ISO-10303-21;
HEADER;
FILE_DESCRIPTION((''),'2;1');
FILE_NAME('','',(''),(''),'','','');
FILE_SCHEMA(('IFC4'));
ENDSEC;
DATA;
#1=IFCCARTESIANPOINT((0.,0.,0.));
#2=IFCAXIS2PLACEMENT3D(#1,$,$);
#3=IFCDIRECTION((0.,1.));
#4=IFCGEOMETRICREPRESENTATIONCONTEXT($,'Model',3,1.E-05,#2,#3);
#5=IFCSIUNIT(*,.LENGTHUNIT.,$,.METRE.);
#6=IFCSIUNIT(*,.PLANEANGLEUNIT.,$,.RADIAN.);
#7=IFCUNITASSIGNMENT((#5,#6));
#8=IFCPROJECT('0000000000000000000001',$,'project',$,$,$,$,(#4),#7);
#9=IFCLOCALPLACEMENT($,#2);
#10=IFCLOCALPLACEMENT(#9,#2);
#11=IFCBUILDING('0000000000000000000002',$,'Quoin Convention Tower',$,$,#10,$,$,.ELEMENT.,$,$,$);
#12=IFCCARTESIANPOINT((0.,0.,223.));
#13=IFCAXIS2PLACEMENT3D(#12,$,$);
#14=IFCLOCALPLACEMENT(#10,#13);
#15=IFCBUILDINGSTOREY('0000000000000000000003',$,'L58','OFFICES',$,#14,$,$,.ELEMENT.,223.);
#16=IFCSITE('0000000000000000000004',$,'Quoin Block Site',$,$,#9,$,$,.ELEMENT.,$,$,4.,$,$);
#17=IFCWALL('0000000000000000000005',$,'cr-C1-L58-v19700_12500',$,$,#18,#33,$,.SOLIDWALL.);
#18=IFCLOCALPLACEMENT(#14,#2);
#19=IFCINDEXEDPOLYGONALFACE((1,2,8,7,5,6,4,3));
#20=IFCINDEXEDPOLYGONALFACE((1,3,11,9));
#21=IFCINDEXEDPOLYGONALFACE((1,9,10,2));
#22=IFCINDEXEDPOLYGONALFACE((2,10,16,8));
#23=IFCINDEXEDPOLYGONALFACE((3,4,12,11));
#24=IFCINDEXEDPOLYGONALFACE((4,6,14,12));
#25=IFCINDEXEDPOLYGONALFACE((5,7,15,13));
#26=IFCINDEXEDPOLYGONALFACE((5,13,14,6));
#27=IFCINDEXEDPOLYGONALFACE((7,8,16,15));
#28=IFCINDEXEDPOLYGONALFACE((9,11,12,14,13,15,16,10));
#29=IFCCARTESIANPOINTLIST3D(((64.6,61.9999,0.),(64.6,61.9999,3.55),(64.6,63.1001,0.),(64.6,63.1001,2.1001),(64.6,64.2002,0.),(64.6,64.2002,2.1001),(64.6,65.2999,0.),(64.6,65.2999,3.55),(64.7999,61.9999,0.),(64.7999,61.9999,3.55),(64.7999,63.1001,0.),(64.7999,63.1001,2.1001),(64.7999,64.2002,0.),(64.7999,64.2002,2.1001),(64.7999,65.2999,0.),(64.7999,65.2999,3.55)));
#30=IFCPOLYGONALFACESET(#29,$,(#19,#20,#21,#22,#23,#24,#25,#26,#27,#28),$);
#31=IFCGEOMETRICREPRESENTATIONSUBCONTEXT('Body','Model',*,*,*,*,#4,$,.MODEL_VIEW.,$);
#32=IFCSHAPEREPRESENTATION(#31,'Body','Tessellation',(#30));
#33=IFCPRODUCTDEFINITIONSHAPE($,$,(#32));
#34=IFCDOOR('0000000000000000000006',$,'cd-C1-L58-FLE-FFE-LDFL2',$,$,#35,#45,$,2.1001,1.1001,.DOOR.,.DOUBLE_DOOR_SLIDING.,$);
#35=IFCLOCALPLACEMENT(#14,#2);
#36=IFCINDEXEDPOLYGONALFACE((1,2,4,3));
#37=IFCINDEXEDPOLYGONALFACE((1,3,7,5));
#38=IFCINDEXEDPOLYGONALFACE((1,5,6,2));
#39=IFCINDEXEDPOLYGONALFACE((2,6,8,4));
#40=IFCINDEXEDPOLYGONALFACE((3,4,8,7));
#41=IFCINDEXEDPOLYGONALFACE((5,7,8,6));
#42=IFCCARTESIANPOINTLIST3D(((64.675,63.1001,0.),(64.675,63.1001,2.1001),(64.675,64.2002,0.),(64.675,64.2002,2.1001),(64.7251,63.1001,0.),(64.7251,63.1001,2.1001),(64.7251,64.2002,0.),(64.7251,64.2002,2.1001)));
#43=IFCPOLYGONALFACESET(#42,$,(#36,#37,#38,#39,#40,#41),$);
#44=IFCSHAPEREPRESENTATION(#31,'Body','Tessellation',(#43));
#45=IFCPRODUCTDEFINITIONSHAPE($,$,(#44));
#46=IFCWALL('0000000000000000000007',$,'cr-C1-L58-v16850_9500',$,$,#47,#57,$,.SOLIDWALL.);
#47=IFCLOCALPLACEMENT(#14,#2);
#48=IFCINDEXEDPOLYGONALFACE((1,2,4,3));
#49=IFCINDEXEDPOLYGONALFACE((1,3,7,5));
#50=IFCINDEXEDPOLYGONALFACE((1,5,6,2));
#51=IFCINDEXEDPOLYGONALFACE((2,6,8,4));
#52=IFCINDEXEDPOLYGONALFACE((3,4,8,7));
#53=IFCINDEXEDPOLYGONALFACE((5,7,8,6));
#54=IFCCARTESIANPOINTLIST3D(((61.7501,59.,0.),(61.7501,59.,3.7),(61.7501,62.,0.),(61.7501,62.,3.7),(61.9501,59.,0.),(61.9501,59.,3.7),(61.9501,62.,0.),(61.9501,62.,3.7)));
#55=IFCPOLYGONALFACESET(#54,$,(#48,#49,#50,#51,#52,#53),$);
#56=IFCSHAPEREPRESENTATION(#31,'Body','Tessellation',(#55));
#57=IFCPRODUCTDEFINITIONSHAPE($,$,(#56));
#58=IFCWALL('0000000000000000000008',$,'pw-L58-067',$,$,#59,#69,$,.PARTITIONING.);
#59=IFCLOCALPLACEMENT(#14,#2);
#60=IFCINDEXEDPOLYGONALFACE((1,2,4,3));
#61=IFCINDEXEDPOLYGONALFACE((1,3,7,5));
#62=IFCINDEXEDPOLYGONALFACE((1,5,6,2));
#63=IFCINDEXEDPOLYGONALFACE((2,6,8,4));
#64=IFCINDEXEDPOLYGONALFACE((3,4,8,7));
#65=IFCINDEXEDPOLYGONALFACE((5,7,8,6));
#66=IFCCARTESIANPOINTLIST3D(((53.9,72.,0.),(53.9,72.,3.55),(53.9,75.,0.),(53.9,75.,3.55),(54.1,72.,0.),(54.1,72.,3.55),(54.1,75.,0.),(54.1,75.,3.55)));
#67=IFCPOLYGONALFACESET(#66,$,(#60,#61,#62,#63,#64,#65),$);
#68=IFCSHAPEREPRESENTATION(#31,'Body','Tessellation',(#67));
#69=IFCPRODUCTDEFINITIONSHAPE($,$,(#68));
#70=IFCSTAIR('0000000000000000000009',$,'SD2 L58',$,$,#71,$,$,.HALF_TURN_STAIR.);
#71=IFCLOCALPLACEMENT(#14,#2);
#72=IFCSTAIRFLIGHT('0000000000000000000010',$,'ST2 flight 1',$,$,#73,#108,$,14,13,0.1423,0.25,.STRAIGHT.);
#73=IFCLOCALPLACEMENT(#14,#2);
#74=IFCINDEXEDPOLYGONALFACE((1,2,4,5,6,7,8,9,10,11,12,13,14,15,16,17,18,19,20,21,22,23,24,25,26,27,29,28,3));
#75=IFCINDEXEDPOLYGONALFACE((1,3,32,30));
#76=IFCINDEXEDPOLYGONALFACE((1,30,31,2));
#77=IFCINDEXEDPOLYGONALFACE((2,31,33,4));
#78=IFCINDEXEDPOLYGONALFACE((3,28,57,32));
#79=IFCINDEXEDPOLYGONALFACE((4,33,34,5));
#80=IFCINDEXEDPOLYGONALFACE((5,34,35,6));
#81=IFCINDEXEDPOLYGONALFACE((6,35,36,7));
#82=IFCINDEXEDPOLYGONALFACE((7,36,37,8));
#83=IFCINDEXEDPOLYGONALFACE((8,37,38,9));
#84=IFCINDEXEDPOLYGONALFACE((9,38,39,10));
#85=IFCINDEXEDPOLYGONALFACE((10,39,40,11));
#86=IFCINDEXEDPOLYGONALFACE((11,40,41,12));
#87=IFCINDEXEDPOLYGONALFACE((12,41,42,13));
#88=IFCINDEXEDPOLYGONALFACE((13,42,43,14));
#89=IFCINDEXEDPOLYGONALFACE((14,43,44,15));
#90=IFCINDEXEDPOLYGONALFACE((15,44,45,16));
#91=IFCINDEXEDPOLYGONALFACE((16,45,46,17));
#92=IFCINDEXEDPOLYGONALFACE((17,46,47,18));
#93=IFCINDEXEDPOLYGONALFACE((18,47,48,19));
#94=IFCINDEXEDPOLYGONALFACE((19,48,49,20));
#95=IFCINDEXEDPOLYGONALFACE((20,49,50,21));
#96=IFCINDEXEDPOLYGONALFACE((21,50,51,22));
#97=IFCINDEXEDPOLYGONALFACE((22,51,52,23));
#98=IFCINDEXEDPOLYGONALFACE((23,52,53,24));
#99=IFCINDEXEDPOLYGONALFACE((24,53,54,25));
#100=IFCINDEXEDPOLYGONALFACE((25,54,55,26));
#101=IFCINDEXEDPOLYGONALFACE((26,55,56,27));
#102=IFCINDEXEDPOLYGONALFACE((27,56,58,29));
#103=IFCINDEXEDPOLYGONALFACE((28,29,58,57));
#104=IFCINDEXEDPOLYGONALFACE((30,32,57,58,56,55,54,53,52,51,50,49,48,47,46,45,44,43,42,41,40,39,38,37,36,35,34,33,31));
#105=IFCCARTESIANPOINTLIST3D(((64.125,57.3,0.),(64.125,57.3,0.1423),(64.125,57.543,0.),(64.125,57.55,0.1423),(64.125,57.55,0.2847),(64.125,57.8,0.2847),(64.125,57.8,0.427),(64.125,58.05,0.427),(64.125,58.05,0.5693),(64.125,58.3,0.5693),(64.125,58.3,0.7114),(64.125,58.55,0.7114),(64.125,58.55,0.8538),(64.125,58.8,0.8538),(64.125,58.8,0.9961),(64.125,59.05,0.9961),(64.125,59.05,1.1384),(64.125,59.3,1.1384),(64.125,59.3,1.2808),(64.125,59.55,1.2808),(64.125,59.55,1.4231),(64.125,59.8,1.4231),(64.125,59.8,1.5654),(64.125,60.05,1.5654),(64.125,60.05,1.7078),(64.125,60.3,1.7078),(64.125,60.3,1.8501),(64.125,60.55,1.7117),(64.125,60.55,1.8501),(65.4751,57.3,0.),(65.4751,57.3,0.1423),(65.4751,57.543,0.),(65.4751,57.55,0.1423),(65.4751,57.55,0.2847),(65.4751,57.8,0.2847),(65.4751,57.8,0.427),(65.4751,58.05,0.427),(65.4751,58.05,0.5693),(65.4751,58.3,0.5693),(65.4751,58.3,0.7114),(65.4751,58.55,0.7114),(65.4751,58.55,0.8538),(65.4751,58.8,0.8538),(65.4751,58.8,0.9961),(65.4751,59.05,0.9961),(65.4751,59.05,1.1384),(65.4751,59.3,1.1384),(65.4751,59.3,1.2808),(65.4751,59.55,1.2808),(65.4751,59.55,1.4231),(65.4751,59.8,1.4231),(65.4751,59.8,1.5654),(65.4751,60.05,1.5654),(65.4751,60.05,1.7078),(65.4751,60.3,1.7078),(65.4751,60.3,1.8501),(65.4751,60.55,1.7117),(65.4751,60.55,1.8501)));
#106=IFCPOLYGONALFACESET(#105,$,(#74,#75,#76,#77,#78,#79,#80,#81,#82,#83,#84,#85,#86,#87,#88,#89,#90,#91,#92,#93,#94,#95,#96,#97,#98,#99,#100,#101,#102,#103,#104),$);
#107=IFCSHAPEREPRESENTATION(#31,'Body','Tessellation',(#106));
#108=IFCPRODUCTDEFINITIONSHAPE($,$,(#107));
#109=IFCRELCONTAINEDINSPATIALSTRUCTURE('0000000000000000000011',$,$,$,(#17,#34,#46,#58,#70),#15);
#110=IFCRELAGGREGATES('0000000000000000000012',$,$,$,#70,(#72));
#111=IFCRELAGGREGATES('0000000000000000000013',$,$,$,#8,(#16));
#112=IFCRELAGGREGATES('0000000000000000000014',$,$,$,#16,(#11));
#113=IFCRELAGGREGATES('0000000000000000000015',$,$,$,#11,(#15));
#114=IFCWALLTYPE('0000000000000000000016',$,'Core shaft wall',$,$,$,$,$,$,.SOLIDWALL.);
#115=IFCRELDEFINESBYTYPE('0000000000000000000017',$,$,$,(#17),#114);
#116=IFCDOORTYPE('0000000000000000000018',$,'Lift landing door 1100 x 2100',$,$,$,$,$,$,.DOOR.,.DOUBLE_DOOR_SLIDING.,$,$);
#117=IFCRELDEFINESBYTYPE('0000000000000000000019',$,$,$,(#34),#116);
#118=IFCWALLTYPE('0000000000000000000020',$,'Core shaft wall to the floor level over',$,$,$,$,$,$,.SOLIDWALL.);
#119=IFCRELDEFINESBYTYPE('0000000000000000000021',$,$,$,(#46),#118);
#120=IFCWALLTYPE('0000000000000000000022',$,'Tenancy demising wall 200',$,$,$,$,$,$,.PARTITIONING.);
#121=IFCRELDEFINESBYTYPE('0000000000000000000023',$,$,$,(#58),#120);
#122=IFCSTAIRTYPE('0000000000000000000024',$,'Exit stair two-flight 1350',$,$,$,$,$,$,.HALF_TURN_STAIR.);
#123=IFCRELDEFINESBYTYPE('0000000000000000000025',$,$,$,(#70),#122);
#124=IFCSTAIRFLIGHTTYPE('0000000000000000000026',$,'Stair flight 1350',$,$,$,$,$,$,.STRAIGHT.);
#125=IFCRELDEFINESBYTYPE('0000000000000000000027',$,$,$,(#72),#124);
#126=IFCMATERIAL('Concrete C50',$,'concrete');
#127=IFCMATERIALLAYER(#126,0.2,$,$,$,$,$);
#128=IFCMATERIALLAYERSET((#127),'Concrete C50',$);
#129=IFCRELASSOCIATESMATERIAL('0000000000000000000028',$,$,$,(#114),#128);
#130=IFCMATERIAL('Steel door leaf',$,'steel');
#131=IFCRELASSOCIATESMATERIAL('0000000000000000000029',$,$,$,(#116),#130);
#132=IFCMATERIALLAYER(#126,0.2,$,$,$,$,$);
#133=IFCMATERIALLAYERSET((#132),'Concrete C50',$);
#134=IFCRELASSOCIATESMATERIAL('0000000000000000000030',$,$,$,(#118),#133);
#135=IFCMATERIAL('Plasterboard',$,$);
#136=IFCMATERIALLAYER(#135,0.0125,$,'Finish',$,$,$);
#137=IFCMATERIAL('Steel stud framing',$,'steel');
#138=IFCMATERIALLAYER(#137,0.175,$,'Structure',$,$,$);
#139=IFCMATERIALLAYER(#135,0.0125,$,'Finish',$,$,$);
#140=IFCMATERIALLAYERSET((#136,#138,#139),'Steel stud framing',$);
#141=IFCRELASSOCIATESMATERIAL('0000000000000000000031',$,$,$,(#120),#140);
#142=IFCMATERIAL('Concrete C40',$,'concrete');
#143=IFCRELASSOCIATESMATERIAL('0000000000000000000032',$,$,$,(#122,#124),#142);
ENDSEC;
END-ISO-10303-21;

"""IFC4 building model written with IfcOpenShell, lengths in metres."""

from ifc_helpers import new_model, si_unit, direction, frame, frame_2d, origin, place, context, subcontext, project, spatial, polyline, rectangle, outline, extrude, material, layer, layer_set, type_object, element, fill, aggregate, save


model = new_model("IFC4")

# Units and contexts
model_context = context("Model", 3, precision=1e-05, world=origin(), true_north=direction((0.0, 1.0)))
body_context = subcontext(model_context, "Body", "Model", "MODEL_VIEW")
ifc_project = project(units=[si_unit("LENGTHUNIT", "METRE"), si_unit("PLANEANGLEUNIT", "RADIAN")], contexts=[model_context])

# Site, building, storey
site_placement = place(None, origin())
site = spatial("IfcSite", under=ifc_project, at=site_placement, Name="Quoin Block Site", CompositionType="ELEMENT", RefElevation=4.0)
building_placement = place(site_placement, origin())
building = spatial("IfcBuilding", under=site, at=building_placement, Name="Quoin Convention Tower", CompositionType="ELEMENT")
storey_placement = place(building_placement, frame((0.0, 0.0, 223.0)))
storey = spatial("IfcBuildingStorey", under=building, at=storey_placement, Name="L58", Description="OFFICES", CompositionType="ELEMENT", Elevation=223.0)

# Shared definitions
ifc_material_1 = material(Name="Plasterboard")
ifc_material_2 = material(Name="Steel stud framing", Category="steel")
ifc_material_3 = material(Name="Concrete C50", Category="concrete")
ifc_layer_1 = layer(ifc_material_3, 0.2)
ifc_layer_set_1 = layer_set([ifc_layer_1], Name="Concrete C50")
wall_type_1 = type_object("IfcWallType", Name="Core shaft wall", PredefinedType="SOLIDWALL", material=ifc_layer_set_1)

# Wall, opening, door
wall_1_placement = place(storey_placement, frame((64.7, 62.0, 0.0), z_axis=(0.0, 0.0, 1.0), x_axis=(0.0, 1.0, 0.0)))
wall_1 = element("IfcWall", 1, at=wall_1_placement, inside=storey, type_object=wall_type_1, Name="cr-C1-L58-v19700_12500", PredefinedType="SOLIDWALL", context=body_context, shape_type="SweptSolid", body=[
    extrude(rectangle(XDim=3.3, YDim=0.2, at=frame_2d((1.6499, 0.0))), origin(), (0.0, 0.0, 1.0), 3.55),
])
opening_placement = place(wall_1_placement, frame((1.1001, 0.0, 0.0)))
opening = element("IfcOpeningElement", 2, at=opening_placement, cuts=wall_1, PredefinedType="OPENING", context=body_context, shape_type="SweptSolid", body=[
    extrude(rectangle(XDim=1.1001, YDim=2.1001, at=frame_2d((0.55, 1.05))), frame((0.0, 0.1099, 0.0), z_axis=(0.0, -1.0, 0.0), x_axis=(1.0, 0.0, 0.0)), (0.0, 0.0, 1.0), 0.22),
])
ifc_material_4 = material(Name="Steel door leaf", Category="steel")
door_type = type_object("IfcDoorType", Name="Lift landing door 1100 x 2100", OperationType="DOUBLE_DOOR_SLIDING", PredefinedType="DOOR", material=ifc_material_4)
door_placement = place(opening_placement, origin())
door = element("IfcDoor", 3, at=door_placement, inside=storey, type_object=door_type, Name="cd-C1-L58-FLE-FFE-LDFL2", OperationType="DOUBLE_DOOR_SLIDING", OverallHeight=2.1001, OverallWidth=1.1001, PredefinedType="DOOR", context=body_context, shape_type="SweptSolid", body=[
    extrude(rectangle(XDim=1.1001, YDim=2.1001, at=frame_2d((0.55, 1.05))), frame((0.0, 0.0249, 0.0), z_axis=(0.0, -1.0, 0.0), x_axis=(1.0, 0.0, 0.0)), (0.0, 0.0, 1.0), 0.05),
])
fill(opening, door)

# Walls
ifc_layer_2 = layer(ifc_material_3, 0.2)
ifc_layer_set_2 = layer_set([ifc_layer_2], Name="Concrete C50")
wall_type_2 = type_object("IfcWallType", Name="Core shaft wall to the floor level over", PredefinedType="SOLIDWALL", material=ifc_layer_set_2)
wall_2_placement = place(storey_placement, frame((61.8501, 59.0, 0.0), z_axis=(0.0, 0.0, 1.0), x_axis=(0.0, 1.0, 0.0)))
element("IfcWall", 4, at=wall_2_placement, inside=storey, type_object=wall_type_2, Name="cr-C1-L58-v16850_9500", PredefinedType="SOLIDWALL", context=body_context, shape_type="SweptSolid", body=[
    extrude(rectangle(XDim=3.0, YDim=0.2, at=frame_2d((1.5, 0.0))), origin(), (0.0, 0.0, 1.0), 3.7),
])
ifc_layer_3 = layer(ifc_material_1, 0.0125, Name="Finish")
ifc_layer_4 = layer(ifc_material_2, 0.175, Name="Structure")
ifc_layer_5 = layer(ifc_material_1, 0.0125, Name="Finish")
ifc_layer_set_3 = layer_set([ifc_layer_3, ifc_layer_4, ifc_layer_5], Name="Steel stud framing")
wall_type_3 = type_object("IfcWallType", Name="Tenancy demising wall 200", PredefinedType="PARTITIONING", material=ifc_layer_set_3)
wall_3_placement = place(storey_placement, frame((54.0, 72.0, 0.0), z_axis=(0.0, 0.0, 1.0), x_axis=(0.0, 1.0, 0.0)))
element("IfcWall", 5, at=wall_3_placement, inside=storey, type_object=wall_type_3, Name="pw-L58-067", PredefinedType="PARTITIONING", context=body_context, shape_type="SweptSolid", body=[
    extrude(rectangle(XDim=3.0, YDim=0.2, at=frame_2d((1.5, 0.0))), origin(), (0.0, 0.0, 1.0), 3.55),
])

# Stair, stair flight
ifc_material_5 = material(Name="Concrete C40", Category="concrete")
stair_type = type_object("IfcStairType", Name="Exit stair two-flight 1350", PredefinedType="HALF_TURN_STAIR", material=ifc_material_5)
stair_placement = place(storey_placement, origin())
stair = element("IfcStair", 6, at=stair_placement, inside=storey, type_object=stair_type, Name="SD2 L58", PredefinedType="HALF_TURN_STAIR")
stair_flight_type = type_object("IfcStairFlightType", Name="Stair flight 1350", PredefinedType="STRAIGHT", material=ifc_material_5)
stair_flight_placement = place(storey_placement, frame((64.8, 57.3, 0.0), z_axis=(0.0, 0.0, 1.0), x_axis=(0.0, 1.0, 0.0)))
stair_flight = element("IfcStairFlight", 7, at=stair_flight_placement, type_object=stair_flight_type, Name="ST2 flight 1", NumberOfRisers=14, NumberOfTreads=13, PredefinedType="STRAIGHT", RiserHeight=0.1423, TreadLength=0.25, context=body_context, shape_type="SweptSolid", body=[
    extrude(outline(polyline([(0.0, 0.0), (0.0, 0.1423), (0.25, 0.1423), (0.25, 0.2847), (0.5, 0.2847), (0.5, 0.427), (0.75, 0.427), (0.75, 0.5693), (1.0, 0.5693), (1.0, 0.7114), (1.25, 0.7114), (1.25, 0.8538), (1.5, 0.8538), (1.5, 0.9961), (1.75, 0.9961), (1.75, 1.1384), (2.0, 1.1384), (2.0, 1.2808), (2.25, 1.2808), (2.25, 1.4231), (2.5, 1.4231), (2.5, 1.5654), (2.75, 1.5654), (2.75, 1.7078), (3.0, 1.7078), (3.0, 1.8501), (3.25, 1.8501), (3.25, 1.9922), (3.25, 1.7117), (0.2429, 0.0), (0.0, 0.0)])), frame((0.0, 0.675, 0.0), z_axis=(0.0, -1.0, 0.0), x_axis=(1.0, 0.0, 0.0)), (0.0, 0.0, 1.0), 1.3501),
])
aggregate(stair, [stair_flight])

save(model, "model.ifc")
